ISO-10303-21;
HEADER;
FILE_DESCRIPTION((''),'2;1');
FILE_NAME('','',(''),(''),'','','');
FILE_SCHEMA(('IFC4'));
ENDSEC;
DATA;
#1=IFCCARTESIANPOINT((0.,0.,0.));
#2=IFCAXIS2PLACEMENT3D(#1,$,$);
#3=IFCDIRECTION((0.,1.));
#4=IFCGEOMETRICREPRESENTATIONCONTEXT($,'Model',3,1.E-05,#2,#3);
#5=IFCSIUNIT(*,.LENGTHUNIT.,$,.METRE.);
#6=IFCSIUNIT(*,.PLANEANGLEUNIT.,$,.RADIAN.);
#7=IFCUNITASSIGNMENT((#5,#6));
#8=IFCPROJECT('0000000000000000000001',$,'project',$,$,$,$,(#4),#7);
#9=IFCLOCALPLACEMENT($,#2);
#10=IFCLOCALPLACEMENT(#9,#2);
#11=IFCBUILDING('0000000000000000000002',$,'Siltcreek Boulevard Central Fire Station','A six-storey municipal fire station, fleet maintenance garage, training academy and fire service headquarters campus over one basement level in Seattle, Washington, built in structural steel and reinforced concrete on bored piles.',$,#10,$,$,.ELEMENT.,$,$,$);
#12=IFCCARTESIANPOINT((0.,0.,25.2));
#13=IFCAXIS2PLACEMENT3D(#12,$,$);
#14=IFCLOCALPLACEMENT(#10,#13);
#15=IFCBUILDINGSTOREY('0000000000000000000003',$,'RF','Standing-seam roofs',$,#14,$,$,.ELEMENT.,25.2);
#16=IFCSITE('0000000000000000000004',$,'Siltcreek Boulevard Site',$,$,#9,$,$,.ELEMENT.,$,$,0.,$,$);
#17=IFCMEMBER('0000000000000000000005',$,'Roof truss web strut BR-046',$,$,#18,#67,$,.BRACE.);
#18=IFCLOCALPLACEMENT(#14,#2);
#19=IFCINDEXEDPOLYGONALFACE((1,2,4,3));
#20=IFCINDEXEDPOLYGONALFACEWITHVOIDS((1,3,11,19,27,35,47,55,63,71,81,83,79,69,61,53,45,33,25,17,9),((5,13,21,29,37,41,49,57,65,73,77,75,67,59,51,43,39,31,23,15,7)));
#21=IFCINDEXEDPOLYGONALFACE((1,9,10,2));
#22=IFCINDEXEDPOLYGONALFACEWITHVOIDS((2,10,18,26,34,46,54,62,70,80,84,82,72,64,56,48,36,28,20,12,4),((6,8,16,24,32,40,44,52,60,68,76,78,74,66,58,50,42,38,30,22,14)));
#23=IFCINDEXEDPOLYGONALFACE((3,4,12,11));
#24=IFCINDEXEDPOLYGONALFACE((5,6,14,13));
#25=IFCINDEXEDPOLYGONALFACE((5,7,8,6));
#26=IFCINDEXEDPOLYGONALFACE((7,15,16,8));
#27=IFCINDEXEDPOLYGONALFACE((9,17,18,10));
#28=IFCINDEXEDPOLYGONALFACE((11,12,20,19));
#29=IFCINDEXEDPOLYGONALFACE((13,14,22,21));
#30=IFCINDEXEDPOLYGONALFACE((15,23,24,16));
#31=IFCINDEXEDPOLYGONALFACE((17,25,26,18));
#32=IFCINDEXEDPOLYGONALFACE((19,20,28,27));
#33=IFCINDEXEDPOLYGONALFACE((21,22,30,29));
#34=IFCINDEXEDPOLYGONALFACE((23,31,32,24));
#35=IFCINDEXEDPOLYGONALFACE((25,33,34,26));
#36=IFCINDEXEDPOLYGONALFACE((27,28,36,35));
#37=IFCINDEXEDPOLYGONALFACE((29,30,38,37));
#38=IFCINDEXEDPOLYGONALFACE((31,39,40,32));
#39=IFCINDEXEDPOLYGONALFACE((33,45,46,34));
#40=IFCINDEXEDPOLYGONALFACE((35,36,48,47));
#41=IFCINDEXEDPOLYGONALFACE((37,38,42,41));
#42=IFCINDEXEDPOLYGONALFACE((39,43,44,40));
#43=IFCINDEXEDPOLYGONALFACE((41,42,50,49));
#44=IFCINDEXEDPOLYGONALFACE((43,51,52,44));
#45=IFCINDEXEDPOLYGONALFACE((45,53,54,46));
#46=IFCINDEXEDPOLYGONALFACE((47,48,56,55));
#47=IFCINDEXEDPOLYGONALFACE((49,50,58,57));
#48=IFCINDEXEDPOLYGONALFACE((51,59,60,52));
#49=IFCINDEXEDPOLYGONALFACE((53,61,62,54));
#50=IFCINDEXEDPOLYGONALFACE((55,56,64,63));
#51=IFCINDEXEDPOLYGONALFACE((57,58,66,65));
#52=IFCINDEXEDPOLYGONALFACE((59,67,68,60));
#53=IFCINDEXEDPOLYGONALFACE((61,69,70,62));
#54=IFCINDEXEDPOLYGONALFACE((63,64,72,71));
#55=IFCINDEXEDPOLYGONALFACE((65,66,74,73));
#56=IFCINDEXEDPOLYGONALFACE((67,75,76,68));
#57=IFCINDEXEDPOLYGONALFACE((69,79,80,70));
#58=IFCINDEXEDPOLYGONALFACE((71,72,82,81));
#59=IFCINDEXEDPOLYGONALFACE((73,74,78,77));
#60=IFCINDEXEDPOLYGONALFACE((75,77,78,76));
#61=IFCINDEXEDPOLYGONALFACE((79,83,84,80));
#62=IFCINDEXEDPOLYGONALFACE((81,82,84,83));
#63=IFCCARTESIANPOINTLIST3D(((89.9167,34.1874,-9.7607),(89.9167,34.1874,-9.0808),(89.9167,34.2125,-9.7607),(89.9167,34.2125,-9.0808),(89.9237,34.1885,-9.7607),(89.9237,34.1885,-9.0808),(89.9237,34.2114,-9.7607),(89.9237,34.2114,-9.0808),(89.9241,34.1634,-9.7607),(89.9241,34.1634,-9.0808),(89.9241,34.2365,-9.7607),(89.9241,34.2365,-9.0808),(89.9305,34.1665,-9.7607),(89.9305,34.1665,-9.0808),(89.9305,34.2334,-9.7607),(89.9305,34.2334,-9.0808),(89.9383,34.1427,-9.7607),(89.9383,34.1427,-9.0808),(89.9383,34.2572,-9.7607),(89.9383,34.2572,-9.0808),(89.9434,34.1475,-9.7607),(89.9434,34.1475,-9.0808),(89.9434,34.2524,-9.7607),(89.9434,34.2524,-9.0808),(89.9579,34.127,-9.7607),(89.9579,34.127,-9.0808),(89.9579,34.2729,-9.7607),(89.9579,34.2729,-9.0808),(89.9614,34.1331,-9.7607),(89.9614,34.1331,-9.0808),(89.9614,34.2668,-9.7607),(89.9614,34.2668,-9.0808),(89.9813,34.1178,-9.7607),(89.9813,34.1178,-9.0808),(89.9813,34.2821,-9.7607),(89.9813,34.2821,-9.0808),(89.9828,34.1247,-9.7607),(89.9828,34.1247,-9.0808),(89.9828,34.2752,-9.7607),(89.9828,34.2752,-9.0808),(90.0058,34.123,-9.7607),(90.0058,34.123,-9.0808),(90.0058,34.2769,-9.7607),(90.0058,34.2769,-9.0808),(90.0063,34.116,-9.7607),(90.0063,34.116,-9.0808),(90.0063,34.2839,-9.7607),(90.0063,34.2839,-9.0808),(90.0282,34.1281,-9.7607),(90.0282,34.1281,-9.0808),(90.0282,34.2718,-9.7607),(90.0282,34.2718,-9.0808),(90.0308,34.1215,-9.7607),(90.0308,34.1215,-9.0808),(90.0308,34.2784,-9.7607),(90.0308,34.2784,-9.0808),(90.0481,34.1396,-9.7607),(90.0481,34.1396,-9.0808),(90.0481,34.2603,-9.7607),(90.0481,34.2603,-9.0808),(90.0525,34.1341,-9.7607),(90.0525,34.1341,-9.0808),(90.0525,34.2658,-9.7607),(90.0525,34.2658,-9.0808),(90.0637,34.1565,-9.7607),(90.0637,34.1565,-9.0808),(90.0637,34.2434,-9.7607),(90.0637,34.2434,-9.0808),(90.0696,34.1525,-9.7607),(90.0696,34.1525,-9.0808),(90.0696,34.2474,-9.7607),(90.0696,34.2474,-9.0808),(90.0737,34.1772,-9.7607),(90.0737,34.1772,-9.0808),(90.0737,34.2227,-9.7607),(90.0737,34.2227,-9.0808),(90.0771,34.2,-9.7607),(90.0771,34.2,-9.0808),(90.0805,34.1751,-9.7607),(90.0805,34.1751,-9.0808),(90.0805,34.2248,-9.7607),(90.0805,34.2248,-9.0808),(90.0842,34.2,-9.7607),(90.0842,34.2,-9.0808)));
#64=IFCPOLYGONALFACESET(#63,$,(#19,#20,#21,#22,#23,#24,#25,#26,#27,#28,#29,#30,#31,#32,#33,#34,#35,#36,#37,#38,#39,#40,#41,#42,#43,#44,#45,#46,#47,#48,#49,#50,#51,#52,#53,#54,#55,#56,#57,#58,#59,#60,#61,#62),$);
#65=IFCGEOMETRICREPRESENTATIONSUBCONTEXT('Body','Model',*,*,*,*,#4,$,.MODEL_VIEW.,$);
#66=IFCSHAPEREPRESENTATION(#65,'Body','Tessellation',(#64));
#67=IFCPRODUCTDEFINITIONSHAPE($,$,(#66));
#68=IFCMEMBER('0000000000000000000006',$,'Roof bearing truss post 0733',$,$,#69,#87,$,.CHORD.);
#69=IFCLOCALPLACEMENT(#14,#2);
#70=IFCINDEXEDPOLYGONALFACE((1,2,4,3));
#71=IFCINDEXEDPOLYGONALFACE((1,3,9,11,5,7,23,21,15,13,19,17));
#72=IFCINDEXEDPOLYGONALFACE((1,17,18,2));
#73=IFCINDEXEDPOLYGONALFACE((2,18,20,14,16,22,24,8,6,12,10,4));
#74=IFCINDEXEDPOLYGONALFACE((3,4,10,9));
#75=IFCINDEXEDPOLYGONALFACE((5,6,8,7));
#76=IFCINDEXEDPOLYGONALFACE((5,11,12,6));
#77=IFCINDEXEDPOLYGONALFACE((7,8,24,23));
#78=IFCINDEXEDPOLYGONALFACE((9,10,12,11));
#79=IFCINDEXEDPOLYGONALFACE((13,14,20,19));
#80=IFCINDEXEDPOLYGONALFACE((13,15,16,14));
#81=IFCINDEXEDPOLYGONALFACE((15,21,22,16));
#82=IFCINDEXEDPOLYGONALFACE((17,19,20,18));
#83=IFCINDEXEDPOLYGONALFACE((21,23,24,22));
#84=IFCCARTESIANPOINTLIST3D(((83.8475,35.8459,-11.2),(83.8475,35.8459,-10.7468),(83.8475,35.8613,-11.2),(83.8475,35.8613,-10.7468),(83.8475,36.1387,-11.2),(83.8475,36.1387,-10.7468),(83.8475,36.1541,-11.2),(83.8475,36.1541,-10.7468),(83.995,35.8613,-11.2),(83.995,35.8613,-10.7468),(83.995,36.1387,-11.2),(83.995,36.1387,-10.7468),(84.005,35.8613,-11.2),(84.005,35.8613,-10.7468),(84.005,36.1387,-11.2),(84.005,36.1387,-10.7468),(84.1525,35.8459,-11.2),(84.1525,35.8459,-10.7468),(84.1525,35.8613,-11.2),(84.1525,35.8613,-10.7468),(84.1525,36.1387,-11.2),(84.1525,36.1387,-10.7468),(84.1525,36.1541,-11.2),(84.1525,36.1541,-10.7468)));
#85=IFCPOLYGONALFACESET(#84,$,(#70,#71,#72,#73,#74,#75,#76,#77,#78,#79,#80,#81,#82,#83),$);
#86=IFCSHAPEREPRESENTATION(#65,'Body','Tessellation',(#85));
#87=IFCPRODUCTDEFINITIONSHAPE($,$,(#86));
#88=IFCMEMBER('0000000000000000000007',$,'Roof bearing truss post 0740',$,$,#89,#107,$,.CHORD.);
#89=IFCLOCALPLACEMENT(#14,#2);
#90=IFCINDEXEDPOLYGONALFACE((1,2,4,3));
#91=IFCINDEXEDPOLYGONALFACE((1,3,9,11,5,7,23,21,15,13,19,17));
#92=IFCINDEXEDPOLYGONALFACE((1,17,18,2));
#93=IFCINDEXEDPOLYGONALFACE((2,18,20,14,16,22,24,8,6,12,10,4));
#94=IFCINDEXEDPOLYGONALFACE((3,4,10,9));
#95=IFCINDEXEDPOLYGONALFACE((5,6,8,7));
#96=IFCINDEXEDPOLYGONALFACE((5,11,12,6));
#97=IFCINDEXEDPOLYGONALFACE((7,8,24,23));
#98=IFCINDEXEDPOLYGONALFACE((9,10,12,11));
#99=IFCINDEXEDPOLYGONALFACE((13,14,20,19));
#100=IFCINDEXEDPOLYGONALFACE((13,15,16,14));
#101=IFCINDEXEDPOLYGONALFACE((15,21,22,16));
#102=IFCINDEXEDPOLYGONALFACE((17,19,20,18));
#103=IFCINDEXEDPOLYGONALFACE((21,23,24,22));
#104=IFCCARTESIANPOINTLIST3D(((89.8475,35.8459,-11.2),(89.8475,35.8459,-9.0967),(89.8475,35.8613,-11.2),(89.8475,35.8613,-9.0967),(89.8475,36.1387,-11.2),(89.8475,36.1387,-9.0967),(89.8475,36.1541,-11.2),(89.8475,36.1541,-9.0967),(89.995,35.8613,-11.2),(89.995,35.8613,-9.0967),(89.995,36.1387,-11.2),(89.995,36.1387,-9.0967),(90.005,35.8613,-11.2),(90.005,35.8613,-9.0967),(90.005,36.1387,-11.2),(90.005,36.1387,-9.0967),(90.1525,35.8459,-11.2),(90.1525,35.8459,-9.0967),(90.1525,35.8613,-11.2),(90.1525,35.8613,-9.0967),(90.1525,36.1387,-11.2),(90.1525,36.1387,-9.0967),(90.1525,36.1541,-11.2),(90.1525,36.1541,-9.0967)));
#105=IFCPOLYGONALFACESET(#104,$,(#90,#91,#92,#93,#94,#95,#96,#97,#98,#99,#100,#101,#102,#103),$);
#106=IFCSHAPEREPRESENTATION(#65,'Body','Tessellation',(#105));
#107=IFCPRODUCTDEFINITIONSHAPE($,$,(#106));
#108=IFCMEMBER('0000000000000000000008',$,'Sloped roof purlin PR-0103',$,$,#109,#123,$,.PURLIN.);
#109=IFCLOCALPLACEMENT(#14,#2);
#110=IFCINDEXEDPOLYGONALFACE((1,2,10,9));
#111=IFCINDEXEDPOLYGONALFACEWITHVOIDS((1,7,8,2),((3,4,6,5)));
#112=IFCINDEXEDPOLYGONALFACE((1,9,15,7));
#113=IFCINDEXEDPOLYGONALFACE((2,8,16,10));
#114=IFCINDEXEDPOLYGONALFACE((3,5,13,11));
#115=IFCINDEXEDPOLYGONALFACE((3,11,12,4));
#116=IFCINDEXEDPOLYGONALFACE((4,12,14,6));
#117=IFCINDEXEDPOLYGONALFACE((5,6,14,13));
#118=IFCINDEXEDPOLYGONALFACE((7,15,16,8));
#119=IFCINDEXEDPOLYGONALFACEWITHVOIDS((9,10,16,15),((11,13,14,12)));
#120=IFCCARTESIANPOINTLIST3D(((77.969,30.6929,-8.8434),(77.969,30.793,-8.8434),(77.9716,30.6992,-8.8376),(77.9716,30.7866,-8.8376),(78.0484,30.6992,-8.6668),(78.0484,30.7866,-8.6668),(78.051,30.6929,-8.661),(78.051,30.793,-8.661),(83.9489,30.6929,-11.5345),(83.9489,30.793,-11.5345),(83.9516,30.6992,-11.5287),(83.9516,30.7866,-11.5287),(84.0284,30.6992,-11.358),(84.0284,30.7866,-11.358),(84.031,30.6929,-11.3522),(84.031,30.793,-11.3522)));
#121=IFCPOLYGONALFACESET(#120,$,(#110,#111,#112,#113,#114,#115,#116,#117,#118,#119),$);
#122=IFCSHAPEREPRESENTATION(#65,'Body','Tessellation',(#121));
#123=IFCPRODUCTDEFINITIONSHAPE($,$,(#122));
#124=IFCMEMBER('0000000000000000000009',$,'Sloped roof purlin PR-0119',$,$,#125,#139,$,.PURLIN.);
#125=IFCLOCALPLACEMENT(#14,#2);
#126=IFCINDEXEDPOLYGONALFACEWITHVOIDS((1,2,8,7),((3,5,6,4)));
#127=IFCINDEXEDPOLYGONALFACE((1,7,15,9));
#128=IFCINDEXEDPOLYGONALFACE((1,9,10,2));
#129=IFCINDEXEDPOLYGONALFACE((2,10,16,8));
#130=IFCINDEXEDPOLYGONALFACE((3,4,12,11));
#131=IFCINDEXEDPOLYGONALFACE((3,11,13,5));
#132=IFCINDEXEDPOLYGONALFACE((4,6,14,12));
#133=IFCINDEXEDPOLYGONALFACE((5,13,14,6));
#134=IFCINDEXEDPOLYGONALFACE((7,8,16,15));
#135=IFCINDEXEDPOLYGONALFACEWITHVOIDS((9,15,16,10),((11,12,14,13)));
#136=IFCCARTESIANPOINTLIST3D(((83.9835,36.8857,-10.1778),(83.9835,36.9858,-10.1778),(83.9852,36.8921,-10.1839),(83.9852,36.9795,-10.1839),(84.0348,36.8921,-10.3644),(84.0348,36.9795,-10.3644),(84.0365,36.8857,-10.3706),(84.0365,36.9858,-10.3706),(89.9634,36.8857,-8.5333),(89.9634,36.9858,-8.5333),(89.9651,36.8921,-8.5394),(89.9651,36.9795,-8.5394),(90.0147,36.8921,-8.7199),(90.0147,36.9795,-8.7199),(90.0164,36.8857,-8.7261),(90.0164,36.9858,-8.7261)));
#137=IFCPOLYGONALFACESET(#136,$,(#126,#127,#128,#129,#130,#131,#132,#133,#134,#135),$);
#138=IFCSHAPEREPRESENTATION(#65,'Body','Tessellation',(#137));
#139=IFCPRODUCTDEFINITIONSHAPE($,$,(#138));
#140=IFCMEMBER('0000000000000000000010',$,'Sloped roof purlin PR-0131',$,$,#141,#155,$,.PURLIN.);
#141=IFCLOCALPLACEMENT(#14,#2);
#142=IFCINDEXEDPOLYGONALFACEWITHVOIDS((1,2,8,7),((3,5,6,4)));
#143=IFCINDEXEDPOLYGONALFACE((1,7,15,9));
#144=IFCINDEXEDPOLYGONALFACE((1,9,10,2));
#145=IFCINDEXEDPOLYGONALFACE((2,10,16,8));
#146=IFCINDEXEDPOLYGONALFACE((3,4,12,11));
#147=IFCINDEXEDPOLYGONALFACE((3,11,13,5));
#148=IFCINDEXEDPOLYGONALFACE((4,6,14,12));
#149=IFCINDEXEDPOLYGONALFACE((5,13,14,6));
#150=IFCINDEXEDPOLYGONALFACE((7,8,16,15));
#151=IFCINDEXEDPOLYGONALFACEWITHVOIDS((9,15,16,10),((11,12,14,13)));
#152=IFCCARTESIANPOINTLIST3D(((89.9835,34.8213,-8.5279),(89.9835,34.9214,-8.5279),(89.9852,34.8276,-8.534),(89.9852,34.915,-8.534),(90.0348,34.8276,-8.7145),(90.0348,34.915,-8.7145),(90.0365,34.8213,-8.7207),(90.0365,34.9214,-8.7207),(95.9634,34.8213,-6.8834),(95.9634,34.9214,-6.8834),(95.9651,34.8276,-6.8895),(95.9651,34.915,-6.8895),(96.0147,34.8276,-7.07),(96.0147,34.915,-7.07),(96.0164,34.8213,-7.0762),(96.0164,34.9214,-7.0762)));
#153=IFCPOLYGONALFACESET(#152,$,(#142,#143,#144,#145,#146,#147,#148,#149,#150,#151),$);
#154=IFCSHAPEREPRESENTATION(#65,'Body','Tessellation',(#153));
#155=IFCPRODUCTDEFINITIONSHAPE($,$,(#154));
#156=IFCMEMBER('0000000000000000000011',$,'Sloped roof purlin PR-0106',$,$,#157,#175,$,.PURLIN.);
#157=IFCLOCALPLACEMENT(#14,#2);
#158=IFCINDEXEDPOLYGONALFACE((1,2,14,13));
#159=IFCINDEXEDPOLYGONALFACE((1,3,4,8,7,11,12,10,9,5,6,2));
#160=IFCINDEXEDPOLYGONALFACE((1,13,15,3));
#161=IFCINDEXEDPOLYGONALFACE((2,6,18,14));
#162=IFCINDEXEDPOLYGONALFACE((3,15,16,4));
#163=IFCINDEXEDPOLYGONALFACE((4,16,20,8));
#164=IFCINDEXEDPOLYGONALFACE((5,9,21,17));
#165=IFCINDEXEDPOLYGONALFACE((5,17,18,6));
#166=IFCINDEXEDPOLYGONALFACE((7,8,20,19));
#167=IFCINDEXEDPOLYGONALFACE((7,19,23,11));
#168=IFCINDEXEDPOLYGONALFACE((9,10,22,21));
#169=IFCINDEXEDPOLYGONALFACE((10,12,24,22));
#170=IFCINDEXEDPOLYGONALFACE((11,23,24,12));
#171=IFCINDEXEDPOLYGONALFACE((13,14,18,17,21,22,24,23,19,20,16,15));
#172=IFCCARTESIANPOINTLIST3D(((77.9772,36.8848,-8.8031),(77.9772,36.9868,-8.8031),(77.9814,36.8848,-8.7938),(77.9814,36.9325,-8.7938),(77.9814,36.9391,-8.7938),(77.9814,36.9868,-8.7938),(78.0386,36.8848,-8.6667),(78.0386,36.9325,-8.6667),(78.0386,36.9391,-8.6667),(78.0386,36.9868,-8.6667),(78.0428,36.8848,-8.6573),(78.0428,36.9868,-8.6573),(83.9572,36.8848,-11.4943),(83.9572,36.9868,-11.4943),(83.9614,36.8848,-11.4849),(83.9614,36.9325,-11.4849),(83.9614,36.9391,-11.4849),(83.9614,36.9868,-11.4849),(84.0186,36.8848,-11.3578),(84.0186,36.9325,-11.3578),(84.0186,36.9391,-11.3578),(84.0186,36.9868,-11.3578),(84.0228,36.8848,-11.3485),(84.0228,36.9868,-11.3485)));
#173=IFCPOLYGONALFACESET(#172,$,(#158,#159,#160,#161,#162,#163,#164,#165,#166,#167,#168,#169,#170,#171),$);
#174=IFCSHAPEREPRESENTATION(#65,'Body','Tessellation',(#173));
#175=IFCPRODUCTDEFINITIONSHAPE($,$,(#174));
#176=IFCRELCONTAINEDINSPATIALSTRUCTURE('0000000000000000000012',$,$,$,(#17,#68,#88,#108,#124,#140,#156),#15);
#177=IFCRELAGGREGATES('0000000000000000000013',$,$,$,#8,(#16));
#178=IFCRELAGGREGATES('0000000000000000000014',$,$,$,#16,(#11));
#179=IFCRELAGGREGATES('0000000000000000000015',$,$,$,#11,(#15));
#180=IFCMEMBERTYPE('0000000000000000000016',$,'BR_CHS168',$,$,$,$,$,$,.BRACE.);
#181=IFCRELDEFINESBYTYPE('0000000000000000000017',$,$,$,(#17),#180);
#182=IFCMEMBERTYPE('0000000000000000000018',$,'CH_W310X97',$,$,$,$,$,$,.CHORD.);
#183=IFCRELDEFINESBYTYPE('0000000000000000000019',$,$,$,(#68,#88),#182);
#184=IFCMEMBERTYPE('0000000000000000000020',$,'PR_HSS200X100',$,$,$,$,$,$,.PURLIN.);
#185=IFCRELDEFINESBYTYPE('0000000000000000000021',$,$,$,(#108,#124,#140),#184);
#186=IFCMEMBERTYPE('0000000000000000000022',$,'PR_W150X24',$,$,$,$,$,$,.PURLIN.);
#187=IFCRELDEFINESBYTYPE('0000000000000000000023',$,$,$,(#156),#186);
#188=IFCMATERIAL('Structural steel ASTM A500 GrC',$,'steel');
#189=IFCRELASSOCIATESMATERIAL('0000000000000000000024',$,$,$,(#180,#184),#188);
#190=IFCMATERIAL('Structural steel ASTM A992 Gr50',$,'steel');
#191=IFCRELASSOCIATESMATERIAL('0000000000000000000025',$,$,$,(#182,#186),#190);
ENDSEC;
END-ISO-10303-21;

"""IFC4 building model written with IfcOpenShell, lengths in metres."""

from ifc_helpers import new_model, si_unit, direction, frame, origin, origin_2d, place, context, subcontext, project, spatial, hollow_rectangle, hollow_circle, i_section, extrude, material, material_profile, profile_set, type_object, element, save


model = new_model("IFC4")

# Units and contexts
model_context = context("Model", 3, precision=1e-05, world=origin(), true_north=direction((0.0, 1.0)))
body_context = subcontext(model_context, "Body", "Model", "MODEL_VIEW")
ifc_project = project(units=[si_unit("LENGTHUNIT", "METRE"), si_unit("PLANEANGLEUNIT", "RADIAN")], contexts=[model_context])

# Site, building, storey
site_placement = place(None, origin())
site = spatial("IfcSite", under=ifc_project, at=site_placement, Name="Siltcreek Boulevard Site", CompositionType="ELEMENT", RefElevation=0.0)
building_placement = place(site_placement, origin())
building = spatial("IfcBuilding", under=site, at=building_placement, Name="Siltcreek Boulevard Central Fire Station", Description="A six-storey municipal fire station, fleet maintenance garage, training academy and fire service headquarters campus over one basement level in Seattle, Washington, built in structural steel and reinforced concrete on bored piles.", CompositionType="ELEMENT")
storey_placement = place(building_placement, frame((0.0, 0.0, 25.2)))
storey = spatial("IfcBuildingStorey", under=building, at=storey_placement, Name="RF", Description="Standing-seam roofs", CompositionType="ELEMENT", Elevation=25.2)

# Members
ifc_material_1 = material(Name="Structural steel ASTM A500 GrC", Category="steel")
ifc_material_profile_1 = material_profile(ifc_material_1, hollow_circle(Radius=0.0842, WallThickness=0.0071, at=origin_2d()), Name="HSS168.3X7.1")
ifc_profile_set_1 = profile_set([ifc_material_profile_1], Name="Structural steel ASTM A500 GrC")
member_type_1 = type_object("IfcMemberType", Name="BR_CHS168", PredefinedType="BRACE", material=ifc_profile_set_1)
member_1_placement = place(storey_placement, frame((90.0, 34.2, -9.7607), z_axis=(0.0, 0.0, 1.0), x_axis=(1.0, 0.0, 0.0)))
element("IfcMember", 1, at=member_1_placement, inside=storey, type_object=member_type_1, Name="Roof truss web strut BR-046", PredefinedType="BRACE", context=body_context, shape_type="SweptSolid", body=[
    extrude(hollow_circle(Radius=0.0842, WallThickness=0.0071, at=origin_2d()), origin(), (0.0, 0.0, 1.0), 0.6799),
])
ifc_material_2 = material(Name="Structural steel ASTM A992 Gr50", Category="steel")
ifc_material_profile_2 = material_profile(ifc_material_2, i_section(OverallWidth=0.3049, OverallDepth=0.3081, WebThickness=0.01, FlangeThickness=0.0154, at=origin_2d()), Name="W310X97")
ifc_profile_set_2 = profile_set([ifc_material_profile_2], Name="Structural steel ASTM A992 Gr50")
member_type_2 = type_object("IfcMemberType", Name="CH_W310X97", PredefinedType="CHORD", material=ifc_profile_set_2)
member_2_placement = place(storey_placement, frame((84.0, 36.0, -11.2), z_axis=(0.0, 0.0, 1.0), x_axis=(1.0, 0.0, 0.0)))
element("IfcMember", 2, at=member_2_placement, inside=storey, type_object=member_type_2, Name="Roof bearing truss post 0733", PredefinedType="CHORD", context=body_context, shape_type="SweptSolid", body=[
    extrude(i_section(OverallWidth=0.3049, OverallDepth=0.3081, WebThickness=0.01, FlangeThickness=0.0154, at=origin_2d()), origin(), (0.0, 0.0, 1.0), 0.4531),
])
member_3_placement = place(storey_placement, frame((90.0, 36.0, -11.2), z_axis=(0.0, 0.0, 1.0), x_axis=(1.0, 0.0, 0.0)))
element("IfcMember", 3, at=member_3_placement, inside=storey, type_object=member_type_2, Name="Roof bearing truss post 0740", PredefinedType="CHORD", context=body_context, shape_type="SweptSolid", body=[
    extrude(i_section(OverallWidth=0.3049, OverallDepth=0.3081, WebThickness=0.01, FlangeThickness=0.0154, at=origin_2d()), origin(), (0.0, 0.0, 1.0), 2.1033),
])
ifc_material_profile_3 = material_profile(ifc_material_1, hollow_rectangle(XDim=0.1001, YDim=0.2, WallThickness=0.0063, at=origin_2d()), Name="HSS200X100X6.4")
ifc_profile_set_3 = profile_set([ifc_material_profile_3], Name="Structural steel ASTM A500 GrC")
member_type_3 = type_object("IfcMemberType", Name="PR_HSS200X100", PredefinedType="PURLIN", material=ifc_profile_set_3)
member_4_placement = place(storey_placement, frame((78.01, 30.7429, -8.7522), z_axis=(0.911912, 0.0, -0.410386), x_axis=(0.0, 1.0, 0.0)))
element("IfcMember", 4, at=member_4_placement, inside=storey, type_object=member_type_3, Name="Sloped roof purlin PR-0103", PredefinedType="PURLIN", context=body_context, shape_type="SweptSolid", body=[
    extrude(hollow_rectangle(XDim=0.1001, YDim=0.2, WallThickness=0.0063, at=origin_2d()), origin(), (0.0, 0.0, 1.0), 6.5576),
])
for number, where, z_axis, x_axis, name in (
    (5, (84.01, 36.9358, -10.2742), (0.964204, 0.0, 0.265162), (0.0, 1.0, 0.0), "Sloped roof purlin PR-0119"),
    (6, (90.01, 34.8713, -8.6243), (0.964204, 0.0, 0.265162), (0.0, 1.0, 0.0), "Sloped roof purlin PR-0131"),
):
    element("IfcMember", number, at=place(storey_placement, frame(where, z_axis=z_axis, x_axis=x_axis)), inside=storey, type_object=member_type_3, Name=name, PredefinedType="PURLIN", context=body_context, shape_type="SweptSolid", body=[
        extrude(hollow_rectangle(XDim=0.1001, YDim=0.2, WallThickness=0.0063, at=origin_2d()), origin(), (0.0, 0.0, 1.0), 6.2019),
    ])
ifc_material_profile_4 = material_profile(ifc_material_2, i_section(OverallWidth=0.1021, OverallDepth=0.1599, WebThickness=0.0066, FlangeThickness=0.0103, at=origin_2d()), Name="W150X24")
ifc_profile_set_4 = profile_set([ifc_material_profile_4], Name="Structural steel ASTM A992 Gr50")
member_type_4 = type_object("IfcMemberType", Name="PR_W150X24", PredefinedType="PURLIN", material=ifc_profile_set_4)
member_5_placement = place(storey_placement, frame((78.01, 36.9358, -8.7302), z_axis=(0.911912, 0.0, -0.410386), x_axis=(0.0, 1.0, 0.0)))
element("IfcMember", 7, at=member_5_placement, inside=storey, type_object=member_type_4, Name="Sloped roof purlin PR-0106", PredefinedType="PURLIN", context=body_context, shape_type="SweptSolid", body=[
    extrude(i_section(OverallWidth=0.1021, OverallDepth=0.1599, WebThickness=0.0066, FlangeThickness=0.0103, at=origin_2d()), origin(), (0.0, 0.0, 1.0), 6.5576),
])

save(model, "model.ifc")
